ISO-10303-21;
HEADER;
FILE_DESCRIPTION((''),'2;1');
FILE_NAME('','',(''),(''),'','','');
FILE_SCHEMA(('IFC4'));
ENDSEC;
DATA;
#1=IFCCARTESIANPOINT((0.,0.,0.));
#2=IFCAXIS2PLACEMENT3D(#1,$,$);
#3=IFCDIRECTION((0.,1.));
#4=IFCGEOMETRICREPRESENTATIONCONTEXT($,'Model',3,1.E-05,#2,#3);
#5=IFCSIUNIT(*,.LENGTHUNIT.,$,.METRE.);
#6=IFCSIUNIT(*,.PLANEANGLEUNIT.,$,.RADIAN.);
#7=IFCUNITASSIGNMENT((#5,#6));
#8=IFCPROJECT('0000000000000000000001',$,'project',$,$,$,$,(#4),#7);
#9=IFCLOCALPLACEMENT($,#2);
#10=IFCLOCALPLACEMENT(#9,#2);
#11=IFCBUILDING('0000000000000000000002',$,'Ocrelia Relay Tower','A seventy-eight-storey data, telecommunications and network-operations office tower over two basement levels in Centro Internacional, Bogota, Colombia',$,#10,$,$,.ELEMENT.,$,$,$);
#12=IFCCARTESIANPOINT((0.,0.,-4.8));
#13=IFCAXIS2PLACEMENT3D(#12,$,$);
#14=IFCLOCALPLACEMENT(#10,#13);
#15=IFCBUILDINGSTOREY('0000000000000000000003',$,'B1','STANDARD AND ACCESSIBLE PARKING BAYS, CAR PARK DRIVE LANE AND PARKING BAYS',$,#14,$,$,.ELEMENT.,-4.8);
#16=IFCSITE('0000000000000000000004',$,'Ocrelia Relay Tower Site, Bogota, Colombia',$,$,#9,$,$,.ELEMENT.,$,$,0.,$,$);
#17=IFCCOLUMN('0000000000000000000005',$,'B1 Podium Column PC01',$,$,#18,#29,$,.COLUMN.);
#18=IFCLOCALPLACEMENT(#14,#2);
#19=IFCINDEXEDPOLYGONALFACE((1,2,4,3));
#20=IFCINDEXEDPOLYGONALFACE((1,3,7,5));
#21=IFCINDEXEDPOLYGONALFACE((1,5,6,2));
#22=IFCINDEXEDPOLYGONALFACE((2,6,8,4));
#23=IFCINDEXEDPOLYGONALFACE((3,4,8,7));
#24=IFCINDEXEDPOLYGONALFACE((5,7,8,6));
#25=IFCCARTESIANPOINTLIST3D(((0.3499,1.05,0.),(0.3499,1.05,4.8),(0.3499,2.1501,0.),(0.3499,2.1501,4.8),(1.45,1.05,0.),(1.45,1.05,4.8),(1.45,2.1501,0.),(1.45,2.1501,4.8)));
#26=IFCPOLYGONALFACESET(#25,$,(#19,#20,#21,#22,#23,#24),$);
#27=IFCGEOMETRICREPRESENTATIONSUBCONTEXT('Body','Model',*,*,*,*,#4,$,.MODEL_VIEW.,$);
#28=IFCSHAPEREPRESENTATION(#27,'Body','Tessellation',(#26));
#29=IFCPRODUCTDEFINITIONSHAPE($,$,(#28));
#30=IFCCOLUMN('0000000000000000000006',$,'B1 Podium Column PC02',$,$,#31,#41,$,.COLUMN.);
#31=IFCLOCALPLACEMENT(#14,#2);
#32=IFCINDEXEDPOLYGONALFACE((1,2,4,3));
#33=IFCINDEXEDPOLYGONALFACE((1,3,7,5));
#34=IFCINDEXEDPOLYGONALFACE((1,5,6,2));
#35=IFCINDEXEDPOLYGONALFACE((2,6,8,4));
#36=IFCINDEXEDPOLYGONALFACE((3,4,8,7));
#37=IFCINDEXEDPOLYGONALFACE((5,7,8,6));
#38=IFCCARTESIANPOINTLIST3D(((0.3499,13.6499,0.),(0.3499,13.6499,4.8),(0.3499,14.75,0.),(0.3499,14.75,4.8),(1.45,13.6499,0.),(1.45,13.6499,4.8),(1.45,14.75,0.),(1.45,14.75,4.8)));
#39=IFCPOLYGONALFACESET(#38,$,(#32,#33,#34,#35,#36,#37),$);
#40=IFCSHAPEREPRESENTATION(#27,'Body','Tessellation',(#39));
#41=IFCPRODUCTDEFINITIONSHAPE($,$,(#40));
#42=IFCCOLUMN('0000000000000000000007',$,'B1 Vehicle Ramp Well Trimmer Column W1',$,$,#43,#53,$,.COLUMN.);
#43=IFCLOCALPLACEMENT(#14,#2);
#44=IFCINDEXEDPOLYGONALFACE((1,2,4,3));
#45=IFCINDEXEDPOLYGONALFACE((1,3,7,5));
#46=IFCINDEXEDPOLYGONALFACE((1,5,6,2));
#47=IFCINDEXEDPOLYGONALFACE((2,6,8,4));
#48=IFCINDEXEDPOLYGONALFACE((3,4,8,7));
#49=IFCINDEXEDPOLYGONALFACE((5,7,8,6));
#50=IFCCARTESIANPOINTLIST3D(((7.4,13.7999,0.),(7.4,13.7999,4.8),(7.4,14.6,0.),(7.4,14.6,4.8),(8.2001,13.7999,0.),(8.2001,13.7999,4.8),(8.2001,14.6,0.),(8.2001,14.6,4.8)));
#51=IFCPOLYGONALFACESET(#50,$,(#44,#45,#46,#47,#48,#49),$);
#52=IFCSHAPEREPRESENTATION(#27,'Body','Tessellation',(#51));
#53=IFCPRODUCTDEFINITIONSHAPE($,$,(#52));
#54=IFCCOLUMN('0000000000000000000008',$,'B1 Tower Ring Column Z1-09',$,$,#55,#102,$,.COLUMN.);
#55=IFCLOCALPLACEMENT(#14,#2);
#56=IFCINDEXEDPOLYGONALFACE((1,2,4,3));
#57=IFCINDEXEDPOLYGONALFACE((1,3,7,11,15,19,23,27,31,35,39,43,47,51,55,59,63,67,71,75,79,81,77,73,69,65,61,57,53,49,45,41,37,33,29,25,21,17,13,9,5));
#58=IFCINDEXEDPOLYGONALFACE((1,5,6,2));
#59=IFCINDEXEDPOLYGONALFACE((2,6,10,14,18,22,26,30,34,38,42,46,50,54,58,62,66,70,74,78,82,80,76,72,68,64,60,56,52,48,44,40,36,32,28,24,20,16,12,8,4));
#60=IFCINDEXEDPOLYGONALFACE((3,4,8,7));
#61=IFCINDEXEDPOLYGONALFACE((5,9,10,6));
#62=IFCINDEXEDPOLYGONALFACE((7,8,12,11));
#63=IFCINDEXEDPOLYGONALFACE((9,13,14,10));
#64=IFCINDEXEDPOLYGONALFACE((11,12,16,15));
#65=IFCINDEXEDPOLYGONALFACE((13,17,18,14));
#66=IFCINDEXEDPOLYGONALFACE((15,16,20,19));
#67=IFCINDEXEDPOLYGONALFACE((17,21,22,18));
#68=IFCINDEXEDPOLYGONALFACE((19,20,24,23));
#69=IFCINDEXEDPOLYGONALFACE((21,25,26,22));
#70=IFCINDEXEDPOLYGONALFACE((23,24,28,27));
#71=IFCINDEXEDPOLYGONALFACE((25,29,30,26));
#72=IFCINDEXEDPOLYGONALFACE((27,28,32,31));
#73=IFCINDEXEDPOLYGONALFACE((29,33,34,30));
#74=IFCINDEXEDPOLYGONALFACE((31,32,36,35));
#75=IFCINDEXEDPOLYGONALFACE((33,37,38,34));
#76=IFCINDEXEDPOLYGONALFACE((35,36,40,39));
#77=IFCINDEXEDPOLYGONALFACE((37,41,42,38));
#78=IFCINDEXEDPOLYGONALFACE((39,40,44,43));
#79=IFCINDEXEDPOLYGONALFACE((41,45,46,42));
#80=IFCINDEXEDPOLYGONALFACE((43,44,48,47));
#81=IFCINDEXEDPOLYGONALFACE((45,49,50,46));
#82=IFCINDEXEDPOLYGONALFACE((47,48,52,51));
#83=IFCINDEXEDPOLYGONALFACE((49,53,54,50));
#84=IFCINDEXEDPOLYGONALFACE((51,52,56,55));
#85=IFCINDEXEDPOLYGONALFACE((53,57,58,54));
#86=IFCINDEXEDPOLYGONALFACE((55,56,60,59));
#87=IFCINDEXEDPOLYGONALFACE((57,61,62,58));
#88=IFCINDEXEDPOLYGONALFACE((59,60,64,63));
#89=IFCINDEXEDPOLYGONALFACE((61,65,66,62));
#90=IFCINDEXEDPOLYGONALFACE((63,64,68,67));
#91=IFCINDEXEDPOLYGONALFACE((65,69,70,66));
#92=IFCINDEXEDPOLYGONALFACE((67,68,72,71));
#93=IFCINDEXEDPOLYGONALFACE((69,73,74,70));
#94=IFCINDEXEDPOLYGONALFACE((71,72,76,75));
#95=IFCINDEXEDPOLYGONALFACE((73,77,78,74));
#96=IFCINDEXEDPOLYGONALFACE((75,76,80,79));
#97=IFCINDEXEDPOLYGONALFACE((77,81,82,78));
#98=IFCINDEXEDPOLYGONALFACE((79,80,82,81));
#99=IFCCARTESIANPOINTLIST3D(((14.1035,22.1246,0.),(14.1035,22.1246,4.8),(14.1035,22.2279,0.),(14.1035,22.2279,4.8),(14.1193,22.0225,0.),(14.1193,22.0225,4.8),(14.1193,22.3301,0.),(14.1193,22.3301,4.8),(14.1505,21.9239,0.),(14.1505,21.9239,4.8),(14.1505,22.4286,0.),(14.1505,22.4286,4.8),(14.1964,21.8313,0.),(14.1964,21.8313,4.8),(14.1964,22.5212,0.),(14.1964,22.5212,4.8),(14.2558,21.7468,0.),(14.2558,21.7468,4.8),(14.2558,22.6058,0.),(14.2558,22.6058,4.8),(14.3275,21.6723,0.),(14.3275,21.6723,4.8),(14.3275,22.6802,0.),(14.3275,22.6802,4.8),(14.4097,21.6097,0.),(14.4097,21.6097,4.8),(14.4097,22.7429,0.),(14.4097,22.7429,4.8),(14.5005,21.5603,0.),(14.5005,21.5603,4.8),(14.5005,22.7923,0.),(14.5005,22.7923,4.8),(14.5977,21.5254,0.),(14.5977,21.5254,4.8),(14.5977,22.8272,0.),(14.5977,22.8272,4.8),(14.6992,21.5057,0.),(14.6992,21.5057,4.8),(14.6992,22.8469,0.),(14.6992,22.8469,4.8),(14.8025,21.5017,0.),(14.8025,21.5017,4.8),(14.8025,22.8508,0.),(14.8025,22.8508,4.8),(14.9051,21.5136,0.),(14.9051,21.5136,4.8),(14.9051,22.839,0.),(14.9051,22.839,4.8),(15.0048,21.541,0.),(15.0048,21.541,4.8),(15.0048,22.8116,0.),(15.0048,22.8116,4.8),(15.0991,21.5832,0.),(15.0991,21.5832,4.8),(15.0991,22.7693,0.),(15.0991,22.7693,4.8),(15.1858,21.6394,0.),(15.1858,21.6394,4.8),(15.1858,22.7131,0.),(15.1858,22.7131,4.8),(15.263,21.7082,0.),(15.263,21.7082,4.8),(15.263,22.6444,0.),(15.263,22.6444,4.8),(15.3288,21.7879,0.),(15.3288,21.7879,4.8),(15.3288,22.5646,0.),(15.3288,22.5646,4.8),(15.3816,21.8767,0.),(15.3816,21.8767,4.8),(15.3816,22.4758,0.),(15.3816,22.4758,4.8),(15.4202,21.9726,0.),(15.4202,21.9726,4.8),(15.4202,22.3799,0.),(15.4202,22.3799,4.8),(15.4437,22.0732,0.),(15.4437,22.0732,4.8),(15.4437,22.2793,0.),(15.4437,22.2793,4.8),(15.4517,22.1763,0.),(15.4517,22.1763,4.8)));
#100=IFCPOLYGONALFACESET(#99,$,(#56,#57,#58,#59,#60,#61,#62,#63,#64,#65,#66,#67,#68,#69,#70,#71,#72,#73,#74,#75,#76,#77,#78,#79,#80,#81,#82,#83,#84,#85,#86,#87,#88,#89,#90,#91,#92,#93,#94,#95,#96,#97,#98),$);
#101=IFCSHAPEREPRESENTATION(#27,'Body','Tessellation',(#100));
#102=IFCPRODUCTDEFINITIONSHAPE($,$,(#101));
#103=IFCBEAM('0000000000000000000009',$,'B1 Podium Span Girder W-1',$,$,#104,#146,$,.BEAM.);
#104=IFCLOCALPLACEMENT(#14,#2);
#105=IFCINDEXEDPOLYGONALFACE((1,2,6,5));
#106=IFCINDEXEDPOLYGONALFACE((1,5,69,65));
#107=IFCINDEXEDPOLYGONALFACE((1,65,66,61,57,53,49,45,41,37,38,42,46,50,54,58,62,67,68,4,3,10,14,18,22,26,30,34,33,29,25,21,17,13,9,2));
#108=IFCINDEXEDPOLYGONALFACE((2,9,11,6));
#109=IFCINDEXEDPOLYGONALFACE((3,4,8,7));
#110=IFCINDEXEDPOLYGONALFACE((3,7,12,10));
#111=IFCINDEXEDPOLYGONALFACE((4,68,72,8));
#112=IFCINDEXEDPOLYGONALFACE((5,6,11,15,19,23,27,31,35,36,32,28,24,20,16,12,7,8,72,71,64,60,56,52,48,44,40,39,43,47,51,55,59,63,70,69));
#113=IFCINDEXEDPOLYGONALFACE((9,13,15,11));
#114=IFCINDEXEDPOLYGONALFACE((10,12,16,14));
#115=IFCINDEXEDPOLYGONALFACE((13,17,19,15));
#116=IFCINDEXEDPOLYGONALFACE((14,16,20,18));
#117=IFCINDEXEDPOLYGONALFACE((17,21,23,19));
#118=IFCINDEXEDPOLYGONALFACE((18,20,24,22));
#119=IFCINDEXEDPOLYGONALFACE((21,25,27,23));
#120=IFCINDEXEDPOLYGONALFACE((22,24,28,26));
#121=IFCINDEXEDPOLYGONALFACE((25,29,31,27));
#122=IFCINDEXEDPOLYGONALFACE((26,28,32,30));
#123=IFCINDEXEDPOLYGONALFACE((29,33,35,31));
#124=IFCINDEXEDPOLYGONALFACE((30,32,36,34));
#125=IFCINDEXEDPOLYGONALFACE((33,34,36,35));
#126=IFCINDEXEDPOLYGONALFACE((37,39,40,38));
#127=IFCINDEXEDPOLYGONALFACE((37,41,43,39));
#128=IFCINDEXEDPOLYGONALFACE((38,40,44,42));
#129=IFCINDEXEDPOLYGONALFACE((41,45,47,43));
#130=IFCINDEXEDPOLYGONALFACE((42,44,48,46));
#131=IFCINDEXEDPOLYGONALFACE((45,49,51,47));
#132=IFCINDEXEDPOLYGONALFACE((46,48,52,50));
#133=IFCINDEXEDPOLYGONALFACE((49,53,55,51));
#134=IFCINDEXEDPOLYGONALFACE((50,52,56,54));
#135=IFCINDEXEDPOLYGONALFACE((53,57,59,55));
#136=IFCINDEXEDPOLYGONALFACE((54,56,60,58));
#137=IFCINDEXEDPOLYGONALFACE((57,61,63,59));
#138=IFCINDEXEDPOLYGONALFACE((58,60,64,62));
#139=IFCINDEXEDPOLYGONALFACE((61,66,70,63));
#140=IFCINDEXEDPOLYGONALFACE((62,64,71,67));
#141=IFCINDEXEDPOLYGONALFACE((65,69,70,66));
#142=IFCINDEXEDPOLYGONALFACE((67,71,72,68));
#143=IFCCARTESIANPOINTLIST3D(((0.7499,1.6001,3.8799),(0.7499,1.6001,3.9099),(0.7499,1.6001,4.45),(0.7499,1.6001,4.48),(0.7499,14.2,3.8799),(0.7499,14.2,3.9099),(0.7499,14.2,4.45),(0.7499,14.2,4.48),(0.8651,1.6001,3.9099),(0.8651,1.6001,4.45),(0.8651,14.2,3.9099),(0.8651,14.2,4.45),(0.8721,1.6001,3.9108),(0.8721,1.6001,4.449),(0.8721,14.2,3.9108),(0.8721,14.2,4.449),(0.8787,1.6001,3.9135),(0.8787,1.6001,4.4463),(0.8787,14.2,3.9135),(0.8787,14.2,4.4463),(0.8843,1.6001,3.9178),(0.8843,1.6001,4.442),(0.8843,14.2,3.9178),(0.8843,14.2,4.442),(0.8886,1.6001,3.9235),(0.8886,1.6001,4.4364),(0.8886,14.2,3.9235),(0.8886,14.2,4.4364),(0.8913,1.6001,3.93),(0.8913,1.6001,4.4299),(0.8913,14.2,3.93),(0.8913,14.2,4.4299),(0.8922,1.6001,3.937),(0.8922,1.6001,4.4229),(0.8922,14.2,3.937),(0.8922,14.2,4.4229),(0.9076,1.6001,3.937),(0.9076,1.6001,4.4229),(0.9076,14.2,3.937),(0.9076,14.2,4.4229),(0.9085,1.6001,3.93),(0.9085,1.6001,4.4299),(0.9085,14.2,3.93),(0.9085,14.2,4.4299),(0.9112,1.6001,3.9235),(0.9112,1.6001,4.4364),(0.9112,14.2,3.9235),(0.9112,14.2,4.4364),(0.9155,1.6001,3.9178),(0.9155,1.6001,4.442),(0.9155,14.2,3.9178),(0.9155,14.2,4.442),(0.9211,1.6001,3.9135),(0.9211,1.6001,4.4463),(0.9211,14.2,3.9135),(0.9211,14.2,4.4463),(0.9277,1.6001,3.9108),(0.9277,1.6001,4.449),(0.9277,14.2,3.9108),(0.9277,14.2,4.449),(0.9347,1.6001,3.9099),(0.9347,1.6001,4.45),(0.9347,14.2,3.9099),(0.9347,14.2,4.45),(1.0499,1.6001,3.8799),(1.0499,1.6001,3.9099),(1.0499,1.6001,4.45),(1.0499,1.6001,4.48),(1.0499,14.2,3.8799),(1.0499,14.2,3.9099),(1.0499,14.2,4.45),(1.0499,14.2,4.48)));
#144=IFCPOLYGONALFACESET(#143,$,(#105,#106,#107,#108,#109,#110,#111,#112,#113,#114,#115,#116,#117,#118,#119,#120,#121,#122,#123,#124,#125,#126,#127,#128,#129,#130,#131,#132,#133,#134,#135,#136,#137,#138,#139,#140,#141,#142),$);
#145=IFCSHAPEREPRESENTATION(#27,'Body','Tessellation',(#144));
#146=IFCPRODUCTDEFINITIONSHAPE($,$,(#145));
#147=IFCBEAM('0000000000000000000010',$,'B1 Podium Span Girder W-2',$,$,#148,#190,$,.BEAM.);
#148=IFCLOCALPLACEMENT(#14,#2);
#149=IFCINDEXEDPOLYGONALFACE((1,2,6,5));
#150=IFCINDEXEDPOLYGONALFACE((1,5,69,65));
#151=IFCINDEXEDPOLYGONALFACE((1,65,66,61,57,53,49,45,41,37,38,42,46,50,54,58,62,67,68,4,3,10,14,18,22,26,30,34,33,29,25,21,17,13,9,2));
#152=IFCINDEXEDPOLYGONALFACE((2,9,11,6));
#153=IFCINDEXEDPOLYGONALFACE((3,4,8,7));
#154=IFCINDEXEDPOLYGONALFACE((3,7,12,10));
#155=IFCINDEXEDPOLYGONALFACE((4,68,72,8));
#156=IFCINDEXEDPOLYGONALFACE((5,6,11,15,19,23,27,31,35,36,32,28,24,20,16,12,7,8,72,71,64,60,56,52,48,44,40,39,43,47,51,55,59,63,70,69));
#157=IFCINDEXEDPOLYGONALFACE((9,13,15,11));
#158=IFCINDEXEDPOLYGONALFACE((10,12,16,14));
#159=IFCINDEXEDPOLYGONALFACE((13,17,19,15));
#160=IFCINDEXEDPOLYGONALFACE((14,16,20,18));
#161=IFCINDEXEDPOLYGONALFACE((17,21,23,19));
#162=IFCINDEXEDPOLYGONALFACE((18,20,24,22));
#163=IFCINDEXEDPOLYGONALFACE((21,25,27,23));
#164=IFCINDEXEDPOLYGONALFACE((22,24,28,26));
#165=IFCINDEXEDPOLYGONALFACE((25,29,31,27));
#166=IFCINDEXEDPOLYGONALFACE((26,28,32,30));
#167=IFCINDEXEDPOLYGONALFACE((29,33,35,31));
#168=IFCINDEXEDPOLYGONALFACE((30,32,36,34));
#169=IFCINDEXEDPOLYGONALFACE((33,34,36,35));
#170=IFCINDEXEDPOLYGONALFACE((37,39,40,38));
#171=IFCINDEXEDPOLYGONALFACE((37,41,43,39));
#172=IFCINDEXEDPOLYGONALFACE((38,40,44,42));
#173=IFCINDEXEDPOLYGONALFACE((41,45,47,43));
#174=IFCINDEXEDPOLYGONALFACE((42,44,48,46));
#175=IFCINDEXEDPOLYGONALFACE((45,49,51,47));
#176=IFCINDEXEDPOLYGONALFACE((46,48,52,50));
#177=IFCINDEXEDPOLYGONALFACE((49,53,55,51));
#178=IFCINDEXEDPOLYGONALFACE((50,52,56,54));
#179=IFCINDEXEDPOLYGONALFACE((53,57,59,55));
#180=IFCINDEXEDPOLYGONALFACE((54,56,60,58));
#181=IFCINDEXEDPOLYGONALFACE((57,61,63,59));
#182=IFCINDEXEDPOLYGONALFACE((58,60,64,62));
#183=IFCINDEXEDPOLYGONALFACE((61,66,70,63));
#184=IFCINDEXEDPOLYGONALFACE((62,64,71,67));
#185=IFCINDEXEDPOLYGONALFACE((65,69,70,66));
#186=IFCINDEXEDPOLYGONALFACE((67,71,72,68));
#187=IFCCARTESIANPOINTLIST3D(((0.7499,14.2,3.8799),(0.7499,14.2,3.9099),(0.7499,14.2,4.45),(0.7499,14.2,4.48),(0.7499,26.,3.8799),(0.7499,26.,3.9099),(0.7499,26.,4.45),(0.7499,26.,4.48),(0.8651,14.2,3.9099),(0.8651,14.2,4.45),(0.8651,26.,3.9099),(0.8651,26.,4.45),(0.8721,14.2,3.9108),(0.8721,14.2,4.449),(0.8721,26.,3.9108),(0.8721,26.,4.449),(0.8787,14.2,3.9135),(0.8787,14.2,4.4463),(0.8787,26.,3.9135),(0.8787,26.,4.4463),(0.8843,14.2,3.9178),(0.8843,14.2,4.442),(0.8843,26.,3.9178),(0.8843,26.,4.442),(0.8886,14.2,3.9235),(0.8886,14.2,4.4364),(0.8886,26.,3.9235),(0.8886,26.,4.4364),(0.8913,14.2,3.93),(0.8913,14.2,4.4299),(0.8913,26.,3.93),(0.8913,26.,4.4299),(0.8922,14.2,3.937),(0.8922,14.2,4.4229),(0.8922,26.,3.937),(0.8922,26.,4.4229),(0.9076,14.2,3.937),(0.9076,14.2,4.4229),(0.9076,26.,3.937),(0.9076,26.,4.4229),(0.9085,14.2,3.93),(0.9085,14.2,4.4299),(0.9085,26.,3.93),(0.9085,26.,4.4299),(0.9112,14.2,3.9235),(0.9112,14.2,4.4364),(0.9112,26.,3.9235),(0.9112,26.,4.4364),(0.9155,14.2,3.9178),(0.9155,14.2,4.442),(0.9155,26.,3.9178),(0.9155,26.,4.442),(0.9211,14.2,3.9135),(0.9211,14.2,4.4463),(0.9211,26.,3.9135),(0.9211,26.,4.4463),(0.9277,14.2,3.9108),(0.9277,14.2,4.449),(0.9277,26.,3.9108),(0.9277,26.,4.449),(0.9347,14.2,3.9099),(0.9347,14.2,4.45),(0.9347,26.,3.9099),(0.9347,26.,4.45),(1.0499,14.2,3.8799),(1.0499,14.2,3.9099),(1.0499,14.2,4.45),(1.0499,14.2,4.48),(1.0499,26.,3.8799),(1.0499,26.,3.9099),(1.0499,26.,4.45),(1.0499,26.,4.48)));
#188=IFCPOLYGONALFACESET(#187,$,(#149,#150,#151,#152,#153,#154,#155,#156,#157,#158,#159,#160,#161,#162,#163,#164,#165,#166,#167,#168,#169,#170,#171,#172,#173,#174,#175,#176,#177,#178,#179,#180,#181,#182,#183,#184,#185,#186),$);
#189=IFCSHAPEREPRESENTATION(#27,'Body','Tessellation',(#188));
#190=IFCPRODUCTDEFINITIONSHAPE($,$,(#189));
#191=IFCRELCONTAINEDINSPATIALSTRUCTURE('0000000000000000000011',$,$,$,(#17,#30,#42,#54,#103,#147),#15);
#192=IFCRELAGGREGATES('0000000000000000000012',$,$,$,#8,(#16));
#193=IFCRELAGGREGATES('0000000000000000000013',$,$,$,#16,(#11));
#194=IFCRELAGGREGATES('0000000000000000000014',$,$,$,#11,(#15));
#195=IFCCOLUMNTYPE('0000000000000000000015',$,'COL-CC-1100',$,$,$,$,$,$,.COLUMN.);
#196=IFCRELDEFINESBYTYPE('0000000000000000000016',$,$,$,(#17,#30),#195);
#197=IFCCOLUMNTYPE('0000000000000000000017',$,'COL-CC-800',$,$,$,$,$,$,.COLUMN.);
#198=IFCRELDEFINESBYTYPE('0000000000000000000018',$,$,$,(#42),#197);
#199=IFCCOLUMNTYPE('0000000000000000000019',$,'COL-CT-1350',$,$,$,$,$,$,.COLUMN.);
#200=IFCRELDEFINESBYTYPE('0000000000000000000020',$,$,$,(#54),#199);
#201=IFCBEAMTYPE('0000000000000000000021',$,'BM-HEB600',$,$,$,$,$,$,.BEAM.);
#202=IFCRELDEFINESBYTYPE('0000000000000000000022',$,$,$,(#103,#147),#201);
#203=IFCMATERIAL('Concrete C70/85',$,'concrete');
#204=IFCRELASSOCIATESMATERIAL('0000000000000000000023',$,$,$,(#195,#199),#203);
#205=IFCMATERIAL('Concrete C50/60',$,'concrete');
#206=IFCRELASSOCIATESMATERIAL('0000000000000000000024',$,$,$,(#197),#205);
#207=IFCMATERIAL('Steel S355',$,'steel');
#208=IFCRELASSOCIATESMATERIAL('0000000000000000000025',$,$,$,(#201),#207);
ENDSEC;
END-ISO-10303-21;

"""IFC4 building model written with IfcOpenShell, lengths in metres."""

from ifc_helpers import new_model, si_unit, direction, frame, origin, origin_2d, place, context, subcontext, project, spatial, rectangle, circle, i_section, extrude, material, material_profile, profile_set, type_object, element, save


model = new_model("IFC4")

# Units and contexts
model_context = context("Model", 3, precision=1e-05, world=origin(), true_north=direction((0.0, 1.0)))
body_context = subcontext(model_context, "Body", "Model", "MODEL_VIEW")
ifc_project = project(units=[si_unit("LENGTHUNIT", "METRE"), si_unit("PLANEANGLEUNIT", "RADIAN")], contexts=[model_context])

# Site, building, storey
site_placement = place(None, origin())
site = spatial("IfcSite", under=ifc_project, at=site_placement, Name="Ocrelia Relay Tower Site, Bogota, Colombia", CompositionType="ELEMENT", RefElevation=0.0)
building_placement = place(site_placement, origin())
building = spatial("IfcBuilding", under=site, at=building_placement, Name="Ocrelia Relay Tower", Description="A seventy-eight-storey data, telecommunications and network-operations office tower over two basement levels in Centro Internacional, Bogota, Colombia", CompositionType="ELEMENT")
storey_placement = place(building_placement, frame((0.0, 0.0, -4.8)))
storey = spatial("IfcBuildingStorey", under=building, at=storey_placement, Name="B1", Description="STANDARD AND ACCESSIBLE PARKING BAYS, CAR PARK DRIVE LANE AND PARKING BAYS", CompositionType="ELEMENT", Elevation=-4.8)

# Columns
ifc_material_1 = material(Name="Concrete C70/85", Category="concrete")
ifc_material_profile_1 = material_profile(ifc_material_1, rectangle(XDim=1.1001, YDim=1.1001, at=origin_2d()), Name="RC-COL-1100x1100")
ifc_profile_set_1 = profile_set([ifc_material_profile_1], Name="Concrete C70/85")
column_type_1 = type_object("IfcColumnType", Name="COL-CC-1100", PredefinedType="COLUMN", material=ifc_profile_set_1)
for number, where, z_axis, x_axis, name in (
    (1, (0.8999, 1.6001, 0.0), (0.0, 0.0, 1.0), (1.0, 0.0, 0.0), "B1 Podium Column PC01"),
    (2, (0.8999, 14.2, 0.0), (0.0, 0.0, 1.0), (1.0, 0.0, 0.0), "B1 Podium Column PC02"),
):
    element("IfcColumn", number, at=place(storey_placement, frame(where, z_axis=z_axis, x_axis=x_axis)), inside=storey, type_object=column_type_1, Name=name, PredefinedType="COLUMN", context=body_context, shape_type="SweptSolid", body=[
        extrude(rectangle(XDim=1.1001, YDim=1.1001, at=origin_2d()), origin(), (0.0, 0.0, 1.0), 4.8),
    ])
ifc_material_2 = material(Name="Concrete C50/60", Category="concrete")
ifc_material_profile_2 = material_profile(ifc_material_2, rectangle(XDim=0.8, YDim=0.8, at=origin_2d()), Name="RC-COL-800x800")
ifc_profile_set_2 = profile_set([ifc_material_profile_2], Name="Concrete C50/60")
column_type_2 = type_object("IfcColumnType", Name="COL-CC-800", PredefinedType="COLUMN", material=ifc_profile_set_2)
column_1_placement = place(storey_placement, frame((7.8, 14.2, 0.0), z_axis=(0.0, 0.0, 1.0), x_axis=(1.0, 0.0, 0.0)))
element("IfcColumn", 3, at=column_1_placement, inside=storey, type_object=column_type_2, Name="B1 Vehicle Ramp Well Trimmer Column W1", PredefinedType="COLUMN", context=body_context, shape_type="SweptSolid", body=[
    extrude(rectangle(XDim=0.8, YDim=0.8, at=origin_2d()), origin(), (0.0, 0.0, 1.0), 4.8),
])
ifc_material_profile_3 = material_profile(ifc_material_1, circle(Radius=0.675, at=origin_2d()), Name="RC-CIR-1350")
ifc_profile_set_3 = profile_set([ifc_material_profile_3], Name="Concrete C70/85")
column_type_3 = type_object("IfcColumnType", Name="COL-CT-1350", PredefinedType="COLUMN", material=ifc_profile_set_3)
column_2_placement = place(storey_placement, frame((14.7766, 22.1763, 0.0), z_axis=(0.0, 0.0, 1.0), x_axis=(1.0, 0.0, 0.0)))
element("IfcColumn", 4, at=column_2_placement, inside=storey, type_object=column_type_3, Name="B1 Tower Ring Column Z1-09", PredefinedType="COLUMN", context=body_context, shape_type="SweptSolid", body=[
    extrude(circle(Radius=0.675, at=origin_2d()), origin(), (0.0, 0.0, 1.0), 4.8),
])

# Beams
ifc_material_3 = material(Name="Steel S355", Category="steel")
ifc_material_profile_4 = material_profile(ifc_material_3, i_section(OverallWidth=0.3, OverallDepth=0.6001, WebThickness=0.0154, FlangeThickness=0.03, FilletRadius=0.0271, at=origin_2d()), Name="HEB 600")
ifc_profile_set_4 = profile_set([ifc_material_profile_4], Name="Steel S355")
beam_type_1 = type_object("IfcBeamType", Name="BM-HEB600", PredefinedType="BEAM", material=ifc_profile_set_4)
beam_1_placement = place(storey_placement, frame((0.8999, 1.6001, 4.1799), z_axis=(0.0, 1.0, 0.0), x_axis=(-1.0, 0.0, 0.0)))
element("IfcBeam", 5, at=beam_1_placement, inside=storey, type_object=beam_type_1, Name="B1 Podium Span Girder W-1", PredefinedType="BEAM", context=body_context, shape_type="SweptSolid", body=[
    extrude(i_section(OverallWidth=0.3, OverallDepth=0.6001, WebThickness=0.0154, FlangeThickness=0.03, FilletRadius=0.0271, at=origin_2d()), origin(), (0.0, 0.0, 1.0), 12.5999),
])
beam_2_placement = place(storey_placement, frame((0.8999, 14.2, 4.1799), z_axis=(0.0, 1.0, 0.0), x_axis=(-1.0, 0.0, 0.0)))
element("IfcBeam", 6, at=beam_2_placement, inside=storey, type_object=beam_type_1, Name="B1 Podium Span Girder W-2", PredefinedType="BEAM", context=body_context, shape_type="SweptSolid", body=[
    extrude(i_section(OverallWidth=0.3, OverallDepth=0.6001, WebThickness=0.0154, FlangeThickness=0.03, FilletRadius=0.0271, at=origin_2d()), origin(), (0.0, 0.0, 1.0), 11.8),
])

save(model, "model.ifc")
